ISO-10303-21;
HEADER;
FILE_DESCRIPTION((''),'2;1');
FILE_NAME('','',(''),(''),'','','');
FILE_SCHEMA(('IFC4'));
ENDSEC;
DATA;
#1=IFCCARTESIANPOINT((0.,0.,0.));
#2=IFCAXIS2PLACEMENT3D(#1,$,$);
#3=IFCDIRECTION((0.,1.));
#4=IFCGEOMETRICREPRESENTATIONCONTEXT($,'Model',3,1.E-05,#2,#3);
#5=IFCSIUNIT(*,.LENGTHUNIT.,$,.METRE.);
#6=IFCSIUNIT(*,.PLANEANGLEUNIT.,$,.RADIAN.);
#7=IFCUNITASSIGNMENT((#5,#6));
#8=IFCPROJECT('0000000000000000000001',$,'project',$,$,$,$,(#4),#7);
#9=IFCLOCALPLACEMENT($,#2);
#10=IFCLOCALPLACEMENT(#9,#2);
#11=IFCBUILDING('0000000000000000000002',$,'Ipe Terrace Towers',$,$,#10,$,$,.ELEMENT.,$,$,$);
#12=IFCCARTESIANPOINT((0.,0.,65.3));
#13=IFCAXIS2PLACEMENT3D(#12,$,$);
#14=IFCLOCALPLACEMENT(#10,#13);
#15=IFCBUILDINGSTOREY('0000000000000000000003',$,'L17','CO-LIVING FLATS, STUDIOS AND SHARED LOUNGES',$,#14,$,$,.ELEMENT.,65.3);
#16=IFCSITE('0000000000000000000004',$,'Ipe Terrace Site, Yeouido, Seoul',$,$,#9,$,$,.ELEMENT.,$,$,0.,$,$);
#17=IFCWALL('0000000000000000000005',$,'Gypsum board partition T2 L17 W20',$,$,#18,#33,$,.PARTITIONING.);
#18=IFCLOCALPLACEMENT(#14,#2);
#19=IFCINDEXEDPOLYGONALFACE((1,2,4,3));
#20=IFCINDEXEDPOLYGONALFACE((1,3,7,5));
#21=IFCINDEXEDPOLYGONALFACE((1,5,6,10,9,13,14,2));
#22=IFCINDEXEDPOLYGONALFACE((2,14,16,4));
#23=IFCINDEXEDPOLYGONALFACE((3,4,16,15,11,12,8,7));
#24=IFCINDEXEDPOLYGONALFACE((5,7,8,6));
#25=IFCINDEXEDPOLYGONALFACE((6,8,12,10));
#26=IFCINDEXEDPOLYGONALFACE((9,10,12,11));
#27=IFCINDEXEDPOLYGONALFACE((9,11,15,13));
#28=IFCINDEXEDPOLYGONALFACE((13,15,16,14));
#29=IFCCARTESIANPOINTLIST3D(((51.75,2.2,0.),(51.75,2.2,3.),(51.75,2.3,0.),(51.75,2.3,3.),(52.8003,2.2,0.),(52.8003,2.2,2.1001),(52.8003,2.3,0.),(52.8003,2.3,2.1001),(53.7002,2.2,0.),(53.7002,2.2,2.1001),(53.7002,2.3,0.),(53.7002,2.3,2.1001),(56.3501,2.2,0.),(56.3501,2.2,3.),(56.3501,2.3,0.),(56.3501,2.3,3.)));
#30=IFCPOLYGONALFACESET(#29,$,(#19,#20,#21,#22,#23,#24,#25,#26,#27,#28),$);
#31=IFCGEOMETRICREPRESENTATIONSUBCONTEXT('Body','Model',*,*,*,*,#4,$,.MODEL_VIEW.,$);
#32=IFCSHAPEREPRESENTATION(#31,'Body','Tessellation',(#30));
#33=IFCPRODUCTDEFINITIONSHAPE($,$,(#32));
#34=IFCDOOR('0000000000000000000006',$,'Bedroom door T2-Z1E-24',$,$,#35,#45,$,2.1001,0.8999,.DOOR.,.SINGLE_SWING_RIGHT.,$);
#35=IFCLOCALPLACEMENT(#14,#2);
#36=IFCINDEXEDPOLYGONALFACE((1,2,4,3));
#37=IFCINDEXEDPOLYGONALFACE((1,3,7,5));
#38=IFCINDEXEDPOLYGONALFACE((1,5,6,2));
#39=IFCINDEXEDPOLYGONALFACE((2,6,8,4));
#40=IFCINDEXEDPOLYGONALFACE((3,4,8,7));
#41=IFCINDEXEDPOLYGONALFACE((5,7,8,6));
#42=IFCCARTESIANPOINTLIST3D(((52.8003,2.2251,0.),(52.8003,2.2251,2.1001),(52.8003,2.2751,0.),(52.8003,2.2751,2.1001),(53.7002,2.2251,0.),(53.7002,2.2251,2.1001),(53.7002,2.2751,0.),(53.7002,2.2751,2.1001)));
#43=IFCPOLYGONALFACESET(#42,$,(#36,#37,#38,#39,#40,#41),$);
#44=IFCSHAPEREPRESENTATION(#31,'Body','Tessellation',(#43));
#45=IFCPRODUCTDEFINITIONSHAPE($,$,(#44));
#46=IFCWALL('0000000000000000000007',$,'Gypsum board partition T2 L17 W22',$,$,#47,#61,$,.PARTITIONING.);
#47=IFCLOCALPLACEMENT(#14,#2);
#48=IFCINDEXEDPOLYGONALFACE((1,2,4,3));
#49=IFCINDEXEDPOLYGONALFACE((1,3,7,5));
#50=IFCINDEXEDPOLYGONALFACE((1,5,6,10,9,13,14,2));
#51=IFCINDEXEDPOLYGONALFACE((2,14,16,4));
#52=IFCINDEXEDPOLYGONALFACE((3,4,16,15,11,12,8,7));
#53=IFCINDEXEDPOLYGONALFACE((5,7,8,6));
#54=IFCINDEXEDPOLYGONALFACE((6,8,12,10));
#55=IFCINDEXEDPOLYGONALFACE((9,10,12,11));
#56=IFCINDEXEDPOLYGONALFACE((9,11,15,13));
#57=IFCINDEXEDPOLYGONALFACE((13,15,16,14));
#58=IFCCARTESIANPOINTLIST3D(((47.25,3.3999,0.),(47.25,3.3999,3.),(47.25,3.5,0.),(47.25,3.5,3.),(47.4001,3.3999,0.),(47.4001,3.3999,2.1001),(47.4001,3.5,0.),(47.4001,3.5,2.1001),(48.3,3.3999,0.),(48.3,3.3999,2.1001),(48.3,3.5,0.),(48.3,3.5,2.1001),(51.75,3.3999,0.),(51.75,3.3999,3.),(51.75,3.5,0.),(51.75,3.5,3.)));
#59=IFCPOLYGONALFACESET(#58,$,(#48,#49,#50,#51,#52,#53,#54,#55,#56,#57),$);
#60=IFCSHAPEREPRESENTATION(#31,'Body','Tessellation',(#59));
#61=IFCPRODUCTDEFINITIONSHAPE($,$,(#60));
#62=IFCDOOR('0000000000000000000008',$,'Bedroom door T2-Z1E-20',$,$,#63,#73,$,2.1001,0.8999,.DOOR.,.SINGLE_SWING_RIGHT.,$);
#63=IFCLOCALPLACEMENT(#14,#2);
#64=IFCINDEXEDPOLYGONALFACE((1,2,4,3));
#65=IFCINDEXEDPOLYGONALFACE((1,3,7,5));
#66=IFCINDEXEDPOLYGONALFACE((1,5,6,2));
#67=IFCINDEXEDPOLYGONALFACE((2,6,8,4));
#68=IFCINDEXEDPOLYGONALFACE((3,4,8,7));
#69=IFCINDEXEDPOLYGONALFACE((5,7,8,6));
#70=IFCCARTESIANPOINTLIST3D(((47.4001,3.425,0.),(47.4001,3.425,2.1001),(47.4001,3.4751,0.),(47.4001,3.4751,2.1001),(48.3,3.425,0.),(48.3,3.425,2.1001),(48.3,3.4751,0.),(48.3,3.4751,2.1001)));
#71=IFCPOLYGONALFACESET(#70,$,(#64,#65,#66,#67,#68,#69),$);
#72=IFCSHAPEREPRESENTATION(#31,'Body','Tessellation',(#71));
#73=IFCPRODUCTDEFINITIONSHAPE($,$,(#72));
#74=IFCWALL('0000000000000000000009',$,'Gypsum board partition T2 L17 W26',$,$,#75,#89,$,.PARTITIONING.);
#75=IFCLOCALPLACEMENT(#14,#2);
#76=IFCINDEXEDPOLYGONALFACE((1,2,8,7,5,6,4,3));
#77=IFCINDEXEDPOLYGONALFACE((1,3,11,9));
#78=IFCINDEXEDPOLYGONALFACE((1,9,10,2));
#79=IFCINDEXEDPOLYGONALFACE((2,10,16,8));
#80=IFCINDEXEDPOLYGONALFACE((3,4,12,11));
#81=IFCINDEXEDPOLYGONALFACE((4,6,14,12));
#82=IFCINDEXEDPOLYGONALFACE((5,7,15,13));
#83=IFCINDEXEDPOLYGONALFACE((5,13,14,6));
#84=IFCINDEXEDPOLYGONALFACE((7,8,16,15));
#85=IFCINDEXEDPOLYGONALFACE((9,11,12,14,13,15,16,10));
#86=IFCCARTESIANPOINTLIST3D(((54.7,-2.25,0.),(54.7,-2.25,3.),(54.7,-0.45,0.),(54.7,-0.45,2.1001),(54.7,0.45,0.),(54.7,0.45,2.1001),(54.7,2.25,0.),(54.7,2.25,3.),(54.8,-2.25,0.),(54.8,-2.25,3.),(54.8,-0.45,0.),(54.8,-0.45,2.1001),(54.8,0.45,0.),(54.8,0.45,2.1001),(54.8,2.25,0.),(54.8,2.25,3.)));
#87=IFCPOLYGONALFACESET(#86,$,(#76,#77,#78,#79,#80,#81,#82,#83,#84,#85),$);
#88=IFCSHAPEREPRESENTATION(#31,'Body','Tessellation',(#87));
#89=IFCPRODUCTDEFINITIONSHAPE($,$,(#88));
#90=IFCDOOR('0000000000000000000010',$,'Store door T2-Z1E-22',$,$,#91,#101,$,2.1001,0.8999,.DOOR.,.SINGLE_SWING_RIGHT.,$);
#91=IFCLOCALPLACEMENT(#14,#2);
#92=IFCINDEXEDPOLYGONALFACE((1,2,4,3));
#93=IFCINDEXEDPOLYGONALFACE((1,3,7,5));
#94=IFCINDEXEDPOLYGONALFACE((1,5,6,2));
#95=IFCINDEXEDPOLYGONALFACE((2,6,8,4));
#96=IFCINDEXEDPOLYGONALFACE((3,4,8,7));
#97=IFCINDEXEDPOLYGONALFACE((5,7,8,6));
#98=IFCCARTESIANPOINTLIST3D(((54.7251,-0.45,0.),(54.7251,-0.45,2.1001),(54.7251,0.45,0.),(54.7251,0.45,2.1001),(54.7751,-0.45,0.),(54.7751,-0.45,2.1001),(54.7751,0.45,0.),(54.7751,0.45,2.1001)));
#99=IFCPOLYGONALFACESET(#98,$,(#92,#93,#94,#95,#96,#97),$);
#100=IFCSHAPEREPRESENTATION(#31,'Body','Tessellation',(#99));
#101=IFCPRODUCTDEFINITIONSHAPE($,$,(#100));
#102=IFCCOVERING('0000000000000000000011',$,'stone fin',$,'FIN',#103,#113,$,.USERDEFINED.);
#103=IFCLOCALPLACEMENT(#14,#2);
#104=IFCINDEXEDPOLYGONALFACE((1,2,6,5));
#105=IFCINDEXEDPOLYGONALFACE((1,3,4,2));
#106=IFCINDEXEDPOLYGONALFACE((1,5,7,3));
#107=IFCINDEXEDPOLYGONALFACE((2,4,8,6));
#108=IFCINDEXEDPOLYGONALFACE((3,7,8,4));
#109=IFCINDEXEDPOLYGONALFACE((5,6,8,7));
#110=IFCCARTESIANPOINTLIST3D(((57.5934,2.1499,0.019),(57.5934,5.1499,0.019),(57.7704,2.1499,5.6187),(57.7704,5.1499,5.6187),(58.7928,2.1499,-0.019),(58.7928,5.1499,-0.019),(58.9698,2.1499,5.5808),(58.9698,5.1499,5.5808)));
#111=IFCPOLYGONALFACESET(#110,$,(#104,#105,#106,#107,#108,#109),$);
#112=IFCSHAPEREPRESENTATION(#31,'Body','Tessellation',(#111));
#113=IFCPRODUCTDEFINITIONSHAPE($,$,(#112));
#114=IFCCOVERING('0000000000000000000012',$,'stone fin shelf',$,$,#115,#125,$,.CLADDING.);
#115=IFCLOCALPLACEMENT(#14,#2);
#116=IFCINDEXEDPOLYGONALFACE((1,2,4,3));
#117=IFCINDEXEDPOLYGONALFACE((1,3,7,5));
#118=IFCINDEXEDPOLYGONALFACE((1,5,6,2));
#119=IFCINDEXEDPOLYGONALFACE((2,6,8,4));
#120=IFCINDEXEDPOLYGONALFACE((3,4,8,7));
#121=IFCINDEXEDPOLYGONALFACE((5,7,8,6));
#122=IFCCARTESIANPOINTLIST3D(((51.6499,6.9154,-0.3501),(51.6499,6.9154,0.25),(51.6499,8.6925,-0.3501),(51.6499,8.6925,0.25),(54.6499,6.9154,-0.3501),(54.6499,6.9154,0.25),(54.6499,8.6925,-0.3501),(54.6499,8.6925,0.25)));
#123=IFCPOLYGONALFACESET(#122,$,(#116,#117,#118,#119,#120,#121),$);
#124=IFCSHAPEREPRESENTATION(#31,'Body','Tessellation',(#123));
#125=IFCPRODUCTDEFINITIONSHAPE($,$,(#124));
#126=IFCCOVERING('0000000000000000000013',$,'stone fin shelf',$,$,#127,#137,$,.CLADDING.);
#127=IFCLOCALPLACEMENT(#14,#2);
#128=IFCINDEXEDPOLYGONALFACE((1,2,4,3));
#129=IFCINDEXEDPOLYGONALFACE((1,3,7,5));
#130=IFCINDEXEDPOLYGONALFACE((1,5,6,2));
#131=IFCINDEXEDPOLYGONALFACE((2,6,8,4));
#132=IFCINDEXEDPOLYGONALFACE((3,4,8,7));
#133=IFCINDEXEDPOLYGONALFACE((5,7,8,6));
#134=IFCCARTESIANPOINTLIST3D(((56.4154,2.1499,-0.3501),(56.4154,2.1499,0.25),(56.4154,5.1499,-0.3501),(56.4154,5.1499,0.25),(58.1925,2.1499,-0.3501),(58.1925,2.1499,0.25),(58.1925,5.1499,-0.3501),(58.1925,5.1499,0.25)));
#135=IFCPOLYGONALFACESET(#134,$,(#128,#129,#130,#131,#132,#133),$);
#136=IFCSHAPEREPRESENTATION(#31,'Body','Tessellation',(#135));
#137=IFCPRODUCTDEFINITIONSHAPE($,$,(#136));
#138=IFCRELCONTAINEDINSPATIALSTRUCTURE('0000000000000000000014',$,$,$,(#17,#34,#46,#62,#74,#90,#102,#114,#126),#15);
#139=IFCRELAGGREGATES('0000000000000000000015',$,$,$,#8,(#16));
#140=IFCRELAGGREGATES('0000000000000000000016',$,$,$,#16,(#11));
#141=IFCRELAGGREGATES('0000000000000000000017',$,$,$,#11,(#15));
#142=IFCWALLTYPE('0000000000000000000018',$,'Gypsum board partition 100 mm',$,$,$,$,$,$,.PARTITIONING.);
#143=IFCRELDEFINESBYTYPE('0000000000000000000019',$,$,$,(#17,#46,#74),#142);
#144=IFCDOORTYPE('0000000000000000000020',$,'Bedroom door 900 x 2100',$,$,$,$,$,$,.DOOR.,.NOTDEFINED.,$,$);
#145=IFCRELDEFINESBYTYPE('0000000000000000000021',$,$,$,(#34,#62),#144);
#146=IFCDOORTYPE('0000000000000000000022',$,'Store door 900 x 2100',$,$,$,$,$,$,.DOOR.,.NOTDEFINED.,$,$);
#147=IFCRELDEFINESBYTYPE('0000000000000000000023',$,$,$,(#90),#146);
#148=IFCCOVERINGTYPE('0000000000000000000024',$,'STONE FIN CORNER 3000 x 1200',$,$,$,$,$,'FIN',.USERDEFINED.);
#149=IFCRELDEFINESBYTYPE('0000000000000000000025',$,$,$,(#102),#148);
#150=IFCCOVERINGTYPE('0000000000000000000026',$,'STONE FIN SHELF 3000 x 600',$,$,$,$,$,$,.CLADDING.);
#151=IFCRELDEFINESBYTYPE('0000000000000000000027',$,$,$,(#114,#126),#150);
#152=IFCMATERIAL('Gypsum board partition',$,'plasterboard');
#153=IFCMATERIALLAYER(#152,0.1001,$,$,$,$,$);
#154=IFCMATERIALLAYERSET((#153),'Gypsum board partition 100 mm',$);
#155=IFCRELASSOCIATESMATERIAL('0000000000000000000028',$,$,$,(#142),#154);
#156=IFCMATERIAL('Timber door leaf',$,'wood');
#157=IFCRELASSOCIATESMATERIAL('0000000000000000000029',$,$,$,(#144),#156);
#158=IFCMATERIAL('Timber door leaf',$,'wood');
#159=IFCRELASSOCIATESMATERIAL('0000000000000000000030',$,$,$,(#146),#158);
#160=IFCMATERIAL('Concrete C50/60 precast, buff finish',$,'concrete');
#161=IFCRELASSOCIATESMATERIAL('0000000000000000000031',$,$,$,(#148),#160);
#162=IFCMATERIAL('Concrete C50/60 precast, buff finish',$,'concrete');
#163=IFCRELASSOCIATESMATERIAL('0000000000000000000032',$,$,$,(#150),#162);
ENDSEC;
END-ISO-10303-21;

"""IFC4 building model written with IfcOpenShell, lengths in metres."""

from ifc_helpers import new_model, si_unit, direction, frame, frame_2d, origin, origin_2d, place, context, subcontext, project, spatial, rectangle, extrude, material, layer, layer_set, material_profile, profile_set, type_object, element, fill, save


model = new_model("IFC4")

# Units and contexts
model_context = context("Model", 3, precision=1e-05, world=origin(), true_north=direction((0.0, 1.0)))
body_context = subcontext(model_context, "Body", "Model", "MODEL_VIEW")
ifc_project = project(units=[si_unit("LENGTHUNIT", "METRE"), si_unit("PLANEANGLEUNIT", "RADIAN")], contexts=[model_context])

# Site, building, storey
site_placement = place(None, origin())
site = spatial("IfcSite", under=ifc_project, at=site_placement, Name="Ipe Terrace Site, Yeouido, Seoul", CompositionType="ELEMENT", RefElevation=0.0)
building_placement = place(site_placement, origin())
building = spatial("IfcBuilding", under=site, at=building_placement, Name="Ipe Terrace Towers", CompositionType="ELEMENT")
storey_placement = place(building_placement, frame((0.0, 0.0, 65.3)))
storey = spatial("IfcBuildingStorey", under=building, at=storey_placement, Name="L17", Description="CO-LIVING FLATS, STUDIOS AND SHARED LOUNGES", CompositionType="ELEMENT", Elevation=65.3)

# Walls, openings, doors
ifc_material_1 = material(Name="Gypsum board partition", Category="plasterboard")
ifc_layer_1 = layer(ifc_material_1, 0.1001)
ifc_layer_set_1 = layer_set([ifc_layer_1], Name="Gypsum board partition 100 mm")
wall_type_1 = type_object("IfcWallType", Name="Gypsum board partition 100 mm", PredefinedType="PARTITIONING", material=ifc_layer_set_1)
ifc_material_2 = material(Name="Timber door leaf", Category="wood")
door_type_1 = type_object("IfcDoorType", Name="Bedroom door 900 x 2100", OperationType="NOTDEFINED", PredefinedType="DOOR", material=ifc_material_2)
wall_1_placement = place(storey_placement, frame((56.3501, 2.25, 0.0), z_axis=(0.0, 0.0, 1.0), x_axis=(-1.0, 0.0, 0.0)))
wall_1 = element("IfcWall", 1, at=wall_1_placement, inside=storey, type_object=wall_type_1, Name="Gypsum board partition T2 L17 W20", PredefinedType="PARTITIONING", context=body_context, shape_type="SweptSolid", body=[
    extrude(rectangle(XDim=4.6001, YDim=0.1001, at=frame_2d((2.3, 0.0))), origin(), (0.0, 0.0, 1.0), 3.0),
])
opening_1_placement = place(wall_1_placement, frame((2.6499, 0.0, 0.0)))
opening_1 = element("IfcOpeningElement", 2, at=opening_1_placement, cuts=wall_1, PredefinedType="OPENING", context=body_context, shape_type="SweptSolid", body=[
    extrude(rectangle(XDim=0.8999, YDim=2.1001, at=frame_2d((0.45, 1.05))), frame((0.0, 0.0601, 0.0), z_axis=(0.0, -1.0, 0.0), x_axis=(1.0, 0.0, 0.0)), (0.0, 0.0, 1.0), 0.1201),
])
door_1_placement = place(opening_1_placement, origin())
door_1 = element("IfcDoor", 3, at=door_1_placement, inside=storey, type_object=door_type_1, Name="Bedroom door T2-Z1E-24", OperationType="SINGLE_SWING_RIGHT", OverallHeight=2.1001, OverallWidth=0.8999, PredefinedType="DOOR", context=body_context, shape_type="SweptSolid", body=[
    extrude(rectangle(XDim=0.8999, YDim=2.1001, at=frame_2d((0.45, 1.05))), frame((0.0, 0.0249, 0.0), z_axis=(0.0, -1.0, 0.0), x_axis=(1.0, 0.0, 0.0)), (0.0, 0.0, 1.0), 0.05),
])
fill(opening_1, door_1)
wall_2_placement = place(storey_placement, frame((51.75, 3.45, 0.0), z_axis=(0.0, 0.0, 1.0), x_axis=(-1.0, 0.0, 0.0)))
wall_2 = element("IfcWall", 4, at=wall_2_placement, inside=storey, type_object=wall_type_1, Name="Gypsum board partition T2 L17 W22", PredefinedType="PARTITIONING", context=body_context, shape_type="SweptSolid", body=[
    extrude(rectangle(XDim=4.5, YDim=0.1001, at=frame_2d((2.25, 0.0))), origin(), (0.0, 0.0, 1.0), 3.0),
])
opening_2_placement = place(wall_2_placement, frame((3.45, 0.0, 0.0)))
opening_2 = element("IfcOpeningElement", 5, at=opening_2_placement, cuts=wall_2, PredefinedType="OPENING", context=body_context, shape_type="SweptSolid", body=[
    extrude(rectangle(XDim=0.8999, YDim=2.1001, at=frame_2d((0.45, 1.05))), frame((0.0, 0.0601, 0.0), z_axis=(0.0, -1.0, 0.0), x_axis=(1.0, 0.0, 0.0)), (0.0, 0.0, 1.0), 0.1201),
])
door_2_placement = place(opening_2_placement, origin())
door_2 = element("IfcDoor", 6, at=door_2_placement, inside=storey, type_object=door_type_1, Name="Bedroom door T2-Z1E-20", OperationType="SINGLE_SWING_RIGHT", OverallHeight=2.1001, OverallWidth=0.8999, PredefinedType="DOOR", context=body_context, shape_type="SweptSolid", body=[
    extrude(rectangle(XDim=0.8999, YDim=2.1001, at=frame_2d((0.45, 1.05))), frame((0.0, 0.0249, 0.0), z_axis=(0.0, -1.0, 0.0), x_axis=(1.0, 0.0, 0.0)), (0.0, 0.0, 1.0), 0.05),
])
fill(opening_2, door_2)
wall_3_placement = place(storey_placement, frame((54.75, -2.25, 0.0), z_axis=(0.0, 0.0, 1.0), x_axis=(0.0, 1.0, 0.0)))
wall_3 = element("IfcWall", 7, at=wall_3_placement, inside=storey, type_object=wall_type_1, Name="Gypsum board partition T2 L17 W26", PredefinedType="PARTITIONING", context=body_context, shape_type="SweptSolid", body=[
    extrude(rectangle(XDim=4.5, YDim=0.1001, at=frame_2d((2.25, 0.0))), origin(), (0.0, 0.0, 1.0), 3.0),
])
opening_3_placement = place(wall_3_placement, frame((1.8, 0.0, 0.0)))
opening_3 = element("IfcOpeningElement", 8, at=opening_3_placement, cuts=wall_3, PredefinedType="OPENING", context=body_context, shape_type="SweptSolid", body=[
    extrude(rectangle(XDim=0.8999, YDim=2.1001, at=frame_2d((0.45, 1.05))), frame((0.0, 0.0601, 0.0), z_axis=(0.0, -1.0, 0.0), x_axis=(1.0, 0.0, 0.0)), (0.0, 0.0, 1.0), 0.1201),
])
ifc_material_3 = material(Name="Timber door leaf", Category="wood")
door_type_2 = type_object("IfcDoorType", Name="Store door 900 x 2100", OperationType="NOTDEFINED", PredefinedType="DOOR", material=ifc_material_3)
door_3_placement = place(opening_3_placement, origin())
door_3 = element("IfcDoor", 9, at=door_3_placement, inside=storey, type_object=door_type_2, Name="Store door T2-Z1E-22", OperationType="SINGLE_SWING_RIGHT", OverallHeight=2.1001, OverallWidth=0.8999, PredefinedType="DOOR", context=body_context, shape_type="SweptSolid", body=[
    extrude(rectangle(XDim=0.8999, YDim=2.1001, at=frame_2d((0.45, 1.05))), frame((0.0, 0.0249, 0.0), z_axis=(0.0, -1.0, 0.0), x_axis=(1.0, 0.0, 0.0)), (0.0, 0.0, 1.0), 0.05),
])
fill(opening_3, door_3)

# Coverings
ifc_material_4 = material(Name="Concrete C50/60 precast, buff finish", Category="concrete")
ifc_material_profile_1 = material_profile(ifc_material_4, rectangle(XDim=3.0, YDim=1.2, at=origin_2d()), Name="STONE FIN CORNER 3000 x 1200")
ifc_profile_set_1 = profile_set([ifc_material_profile_1], Name="Concrete C50/60 precast, buff finish")
covering_type_1 = type_object("IfcCoveringType", Name="STONE FIN CORNER 3000 x 1200", ElementType="FIN", PredefinedType="USERDEFINED", material=ifc_profile_set_1)
covering_placement = place(storey_placement, frame((58.1931, 3.6499, 0.0), z_axis=(0.031593, 0.0, 0.999501), x_axis=(0.0, 1.0, 0.0)))
element("IfcCovering", 10, at=covering_placement, inside=storey, type_object=covering_type_1, Name="stone fin", ObjectType="FIN", PredefinedType="USERDEFINED", context=body_context, shape_type="SweptSolid", body=[
    extrude(rectangle(XDim=3.0, YDim=1.2, at=origin_2d()), origin(), (0.0, 0.0, 1.0), 5.6025),
])
ifc_material_5 = material(Name="Concrete C50/60 precast, buff finish", Category="concrete")
covering_type_2 = type_object("IfcCoveringType", Name="STONE FIN SHELF 3000 x 600", PredefinedType="CLADDING", material=ifc_material_5)
for number, where, z_axis, x_axis, name in (
    (11, (53.1499, 7.804, -0.3501), (0.0, 0.0, 1.0), (-1.0, 0.0, 0.0), "stone fin shelf"),
    (12, (57.304, 3.6499, -0.3501), (0.0, 0.0, 1.0), (0.0, 1.0, 0.0), "stone fin shelf"),
):
    element("IfcCovering", number, at=place(storey_placement, frame(where, z_axis=z_axis, x_axis=x_axis)), inside=storey, type_object=covering_type_2, Name=name, PredefinedType="CLADDING", context=body_context, shape_type="SweptSolid", body=[
        extrude(rectangle(XDim=3.0, YDim=1.7771, at=origin_2d()), origin(), (0.0, 0.0, 1.0), 0.6001),
    ])

save(model, "model.ifc")
